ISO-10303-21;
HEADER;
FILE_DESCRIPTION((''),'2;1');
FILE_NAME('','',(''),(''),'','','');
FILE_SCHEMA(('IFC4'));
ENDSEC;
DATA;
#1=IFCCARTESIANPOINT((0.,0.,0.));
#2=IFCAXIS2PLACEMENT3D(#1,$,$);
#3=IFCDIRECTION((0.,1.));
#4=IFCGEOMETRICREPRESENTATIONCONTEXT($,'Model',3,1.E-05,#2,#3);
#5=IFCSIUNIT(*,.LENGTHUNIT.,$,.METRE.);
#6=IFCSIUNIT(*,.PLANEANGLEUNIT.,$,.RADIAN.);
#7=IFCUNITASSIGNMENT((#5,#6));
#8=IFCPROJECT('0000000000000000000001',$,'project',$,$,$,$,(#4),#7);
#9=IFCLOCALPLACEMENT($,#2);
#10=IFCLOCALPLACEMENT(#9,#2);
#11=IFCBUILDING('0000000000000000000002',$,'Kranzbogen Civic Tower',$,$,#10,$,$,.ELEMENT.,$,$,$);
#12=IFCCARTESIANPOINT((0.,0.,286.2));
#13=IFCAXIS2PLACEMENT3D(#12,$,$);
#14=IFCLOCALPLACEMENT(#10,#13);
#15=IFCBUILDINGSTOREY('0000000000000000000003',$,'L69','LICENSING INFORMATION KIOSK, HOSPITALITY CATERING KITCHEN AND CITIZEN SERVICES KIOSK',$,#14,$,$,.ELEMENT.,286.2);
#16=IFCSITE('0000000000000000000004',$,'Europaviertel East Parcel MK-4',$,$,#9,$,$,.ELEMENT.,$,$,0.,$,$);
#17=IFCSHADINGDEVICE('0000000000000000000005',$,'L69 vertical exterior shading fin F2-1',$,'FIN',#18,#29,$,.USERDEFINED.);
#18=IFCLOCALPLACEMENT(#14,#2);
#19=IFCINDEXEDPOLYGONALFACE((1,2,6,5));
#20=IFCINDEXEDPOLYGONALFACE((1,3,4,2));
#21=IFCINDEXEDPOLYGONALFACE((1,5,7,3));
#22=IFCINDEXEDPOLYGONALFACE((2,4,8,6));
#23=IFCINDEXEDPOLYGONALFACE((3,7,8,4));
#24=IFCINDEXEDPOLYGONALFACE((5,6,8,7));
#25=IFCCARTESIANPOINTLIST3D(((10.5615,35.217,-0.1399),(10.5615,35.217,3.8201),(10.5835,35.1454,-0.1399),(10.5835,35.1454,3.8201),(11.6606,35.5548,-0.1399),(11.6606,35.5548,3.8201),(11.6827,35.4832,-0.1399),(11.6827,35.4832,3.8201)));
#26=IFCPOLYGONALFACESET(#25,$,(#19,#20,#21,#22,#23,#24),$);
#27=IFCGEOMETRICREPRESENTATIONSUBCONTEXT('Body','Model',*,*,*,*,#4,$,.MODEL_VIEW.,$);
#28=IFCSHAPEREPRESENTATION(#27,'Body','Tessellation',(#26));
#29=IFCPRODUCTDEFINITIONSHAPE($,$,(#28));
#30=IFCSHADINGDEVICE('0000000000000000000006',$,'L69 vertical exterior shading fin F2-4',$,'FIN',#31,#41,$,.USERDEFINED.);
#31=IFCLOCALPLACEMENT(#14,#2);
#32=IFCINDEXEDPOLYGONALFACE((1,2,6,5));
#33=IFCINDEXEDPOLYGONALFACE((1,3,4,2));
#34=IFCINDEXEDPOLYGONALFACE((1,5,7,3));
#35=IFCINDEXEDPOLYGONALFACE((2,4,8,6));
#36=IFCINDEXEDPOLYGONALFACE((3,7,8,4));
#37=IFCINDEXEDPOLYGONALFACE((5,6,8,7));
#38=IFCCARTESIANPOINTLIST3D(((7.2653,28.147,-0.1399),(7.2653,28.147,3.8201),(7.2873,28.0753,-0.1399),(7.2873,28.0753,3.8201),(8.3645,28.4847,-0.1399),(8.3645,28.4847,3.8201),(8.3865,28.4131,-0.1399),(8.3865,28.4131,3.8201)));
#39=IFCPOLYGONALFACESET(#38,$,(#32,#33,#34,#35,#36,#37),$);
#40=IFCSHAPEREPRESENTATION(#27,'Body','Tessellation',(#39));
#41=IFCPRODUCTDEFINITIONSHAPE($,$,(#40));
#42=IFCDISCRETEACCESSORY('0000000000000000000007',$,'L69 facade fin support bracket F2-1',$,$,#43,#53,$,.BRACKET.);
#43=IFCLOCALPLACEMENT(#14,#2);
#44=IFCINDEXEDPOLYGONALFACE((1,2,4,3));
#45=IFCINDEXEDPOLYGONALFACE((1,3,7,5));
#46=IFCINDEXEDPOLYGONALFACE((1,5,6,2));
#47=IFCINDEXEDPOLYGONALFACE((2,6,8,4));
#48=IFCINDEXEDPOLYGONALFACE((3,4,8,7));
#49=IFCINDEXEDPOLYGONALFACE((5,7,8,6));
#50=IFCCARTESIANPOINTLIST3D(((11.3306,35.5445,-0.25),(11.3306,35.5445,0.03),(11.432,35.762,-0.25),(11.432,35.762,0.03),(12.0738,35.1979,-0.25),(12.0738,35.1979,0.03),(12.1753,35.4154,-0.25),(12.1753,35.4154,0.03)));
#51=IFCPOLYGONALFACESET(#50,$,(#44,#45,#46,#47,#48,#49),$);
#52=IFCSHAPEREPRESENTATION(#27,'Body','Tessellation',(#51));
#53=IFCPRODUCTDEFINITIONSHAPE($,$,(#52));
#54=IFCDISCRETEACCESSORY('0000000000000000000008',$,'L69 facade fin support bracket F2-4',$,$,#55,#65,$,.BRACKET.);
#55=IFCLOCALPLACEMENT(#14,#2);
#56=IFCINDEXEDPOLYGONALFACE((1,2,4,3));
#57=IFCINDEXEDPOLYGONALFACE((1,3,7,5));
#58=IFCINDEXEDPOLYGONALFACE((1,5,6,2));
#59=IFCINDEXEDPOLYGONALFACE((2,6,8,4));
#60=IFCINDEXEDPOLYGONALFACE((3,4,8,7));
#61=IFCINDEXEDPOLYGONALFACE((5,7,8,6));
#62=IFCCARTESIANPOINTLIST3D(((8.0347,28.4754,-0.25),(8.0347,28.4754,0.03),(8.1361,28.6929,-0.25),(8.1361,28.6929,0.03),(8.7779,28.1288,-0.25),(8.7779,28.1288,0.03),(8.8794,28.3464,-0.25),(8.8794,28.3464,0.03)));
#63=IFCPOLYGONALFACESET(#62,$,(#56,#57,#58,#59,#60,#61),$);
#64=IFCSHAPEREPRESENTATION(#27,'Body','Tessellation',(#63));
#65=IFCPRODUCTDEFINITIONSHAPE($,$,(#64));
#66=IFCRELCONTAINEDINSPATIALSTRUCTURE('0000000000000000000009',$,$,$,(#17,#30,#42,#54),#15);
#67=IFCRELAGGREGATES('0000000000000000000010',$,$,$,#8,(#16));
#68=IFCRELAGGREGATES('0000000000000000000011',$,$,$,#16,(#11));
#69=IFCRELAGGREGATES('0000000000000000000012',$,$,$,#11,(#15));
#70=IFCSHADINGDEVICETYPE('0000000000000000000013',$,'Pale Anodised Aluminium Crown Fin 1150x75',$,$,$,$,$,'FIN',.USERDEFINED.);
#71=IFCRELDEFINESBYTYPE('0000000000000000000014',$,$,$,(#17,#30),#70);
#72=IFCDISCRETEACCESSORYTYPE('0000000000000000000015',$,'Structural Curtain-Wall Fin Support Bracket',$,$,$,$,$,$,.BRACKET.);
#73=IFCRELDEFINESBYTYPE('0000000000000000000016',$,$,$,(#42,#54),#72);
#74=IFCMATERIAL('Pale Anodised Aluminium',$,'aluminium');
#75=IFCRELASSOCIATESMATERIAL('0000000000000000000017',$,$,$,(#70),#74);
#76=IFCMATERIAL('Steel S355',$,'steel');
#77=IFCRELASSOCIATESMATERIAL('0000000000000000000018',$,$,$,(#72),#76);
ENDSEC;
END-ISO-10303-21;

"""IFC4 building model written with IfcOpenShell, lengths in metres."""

from ifc_helpers import new_model, si_unit, direction, frame, origin, origin_2d, place, context, subcontext, project, spatial, rectangle, extrude, material, type_object, element, save


model = new_model("IFC4")

# Units and contexts
model_context = context("Model", 3, precision=1e-05, world=origin(), true_north=direction((0.0, 1.0)))
body_context = subcontext(model_context, "Body", "Model", "MODEL_VIEW")
ifc_project = project(units=[si_unit("LENGTHUNIT", "METRE"), si_unit("PLANEANGLEUNIT", "RADIAN")], contexts=[model_context])

# Site, building, storey
site_placement = place(None, origin())
site = spatial("IfcSite", under=ifc_project, at=site_placement, Name="Europaviertel East Parcel MK-4", CompositionType="ELEMENT", RefElevation=0.0)
building_placement = place(site_placement, origin())
building = spatial("IfcBuilding", under=site, at=building_placement, Name="Kranzbogen Civic Tower", CompositionType="ELEMENT")
storey_placement = place(building_placement, frame((0.0, 0.0, 286.2)))
storey = spatial("IfcBuildingStorey", under=building, at=storey_placement, Name="L69", Description="LICENSING INFORMATION KIOSK, HOSPITALITY CATERING KITCHEN AND CITIZEN SERVICES KIOSK", CompositionType="ELEMENT", Elevation=286.2)

# Shared definitions
ifc_material_1 = material(Name="Steel S355", Category="steel")

# Shared definitions
ifc_material_2 = material(Name="Pale Anodised Aluminium", Category="aluminium")

# Shading devices
shading_device_type = type_object("IfcShadingDeviceType", Name="Pale Anodised Aluminium Crown Fin 1150x75", ElementType="FIN", PredefinedType="USERDEFINED", material=ifc_material_2)
for number, where, z_axis, x_axis, name in (
    (1, (11.1221, 35.3501, -0.1399), (0.0, 0.0, 1.0), (-0.955885, -0.29374, 0.0), "L69 vertical exterior shading fin F2-1"),
    (2, (7.8259, 28.28, -0.1399), (0.0, 0.0, 1.0), (-0.955885, -0.29374, 0.0), "L69 vertical exterior shading fin F2-4"),
):
    element("IfcShadingDevice", number, at=place(storey_placement, frame(where, z_axis=z_axis, x_axis=x_axis)), inside=storey, type_object=shading_device_type, Name=name, ObjectType="FIN", PredefinedType="USERDEFINED", context=body_context, shape_type="SweptSolid", body=[
        extrude(rectangle(XDim=1.1499, YDim=0.075, at=origin_2d()), origin(), (0.0, 0.0, 1.0), 3.96),
    ])

# Discrete accessories
discrete_accessory_type = type_object("IfcDiscreteAccessoryType", Name="Structural Curtain-Wall Fin Support Bracket", PredefinedType="BRACKET", material=ifc_material_1)
for number, where, z_axis, x_axis, name in (
    (3, (11.7529, 35.48, -0.25), (0.0, 0.0, 1.0), (-0.906308, 0.422618, 0.0), "L69 facade fin support bracket F2-1"),
    (4, (8.457, 28.4109, -0.25), (0.0, 0.0, 1.0), (-0.906308, 0.422618, 0.0), "L69 facade fin support bracket F2-4"),
):
    element("IfcDiscreteAccessory", number, at=place(storey_placement, frame(where, z_axis=z_axis, x_axis=x_axis)), inside=storey, type_object=discrete_accessory_type, Name=name, PredefinedType="BRACKET", context=body_context, shape_type="SweptSolid", body=[
        extrude(rectangle(XDim=0.8201, YDim=0.24, at=origin_2d()), origin(), (0.0, 0.0, 1.0), 0.28),
    ])

save(model, "model.ifc")
